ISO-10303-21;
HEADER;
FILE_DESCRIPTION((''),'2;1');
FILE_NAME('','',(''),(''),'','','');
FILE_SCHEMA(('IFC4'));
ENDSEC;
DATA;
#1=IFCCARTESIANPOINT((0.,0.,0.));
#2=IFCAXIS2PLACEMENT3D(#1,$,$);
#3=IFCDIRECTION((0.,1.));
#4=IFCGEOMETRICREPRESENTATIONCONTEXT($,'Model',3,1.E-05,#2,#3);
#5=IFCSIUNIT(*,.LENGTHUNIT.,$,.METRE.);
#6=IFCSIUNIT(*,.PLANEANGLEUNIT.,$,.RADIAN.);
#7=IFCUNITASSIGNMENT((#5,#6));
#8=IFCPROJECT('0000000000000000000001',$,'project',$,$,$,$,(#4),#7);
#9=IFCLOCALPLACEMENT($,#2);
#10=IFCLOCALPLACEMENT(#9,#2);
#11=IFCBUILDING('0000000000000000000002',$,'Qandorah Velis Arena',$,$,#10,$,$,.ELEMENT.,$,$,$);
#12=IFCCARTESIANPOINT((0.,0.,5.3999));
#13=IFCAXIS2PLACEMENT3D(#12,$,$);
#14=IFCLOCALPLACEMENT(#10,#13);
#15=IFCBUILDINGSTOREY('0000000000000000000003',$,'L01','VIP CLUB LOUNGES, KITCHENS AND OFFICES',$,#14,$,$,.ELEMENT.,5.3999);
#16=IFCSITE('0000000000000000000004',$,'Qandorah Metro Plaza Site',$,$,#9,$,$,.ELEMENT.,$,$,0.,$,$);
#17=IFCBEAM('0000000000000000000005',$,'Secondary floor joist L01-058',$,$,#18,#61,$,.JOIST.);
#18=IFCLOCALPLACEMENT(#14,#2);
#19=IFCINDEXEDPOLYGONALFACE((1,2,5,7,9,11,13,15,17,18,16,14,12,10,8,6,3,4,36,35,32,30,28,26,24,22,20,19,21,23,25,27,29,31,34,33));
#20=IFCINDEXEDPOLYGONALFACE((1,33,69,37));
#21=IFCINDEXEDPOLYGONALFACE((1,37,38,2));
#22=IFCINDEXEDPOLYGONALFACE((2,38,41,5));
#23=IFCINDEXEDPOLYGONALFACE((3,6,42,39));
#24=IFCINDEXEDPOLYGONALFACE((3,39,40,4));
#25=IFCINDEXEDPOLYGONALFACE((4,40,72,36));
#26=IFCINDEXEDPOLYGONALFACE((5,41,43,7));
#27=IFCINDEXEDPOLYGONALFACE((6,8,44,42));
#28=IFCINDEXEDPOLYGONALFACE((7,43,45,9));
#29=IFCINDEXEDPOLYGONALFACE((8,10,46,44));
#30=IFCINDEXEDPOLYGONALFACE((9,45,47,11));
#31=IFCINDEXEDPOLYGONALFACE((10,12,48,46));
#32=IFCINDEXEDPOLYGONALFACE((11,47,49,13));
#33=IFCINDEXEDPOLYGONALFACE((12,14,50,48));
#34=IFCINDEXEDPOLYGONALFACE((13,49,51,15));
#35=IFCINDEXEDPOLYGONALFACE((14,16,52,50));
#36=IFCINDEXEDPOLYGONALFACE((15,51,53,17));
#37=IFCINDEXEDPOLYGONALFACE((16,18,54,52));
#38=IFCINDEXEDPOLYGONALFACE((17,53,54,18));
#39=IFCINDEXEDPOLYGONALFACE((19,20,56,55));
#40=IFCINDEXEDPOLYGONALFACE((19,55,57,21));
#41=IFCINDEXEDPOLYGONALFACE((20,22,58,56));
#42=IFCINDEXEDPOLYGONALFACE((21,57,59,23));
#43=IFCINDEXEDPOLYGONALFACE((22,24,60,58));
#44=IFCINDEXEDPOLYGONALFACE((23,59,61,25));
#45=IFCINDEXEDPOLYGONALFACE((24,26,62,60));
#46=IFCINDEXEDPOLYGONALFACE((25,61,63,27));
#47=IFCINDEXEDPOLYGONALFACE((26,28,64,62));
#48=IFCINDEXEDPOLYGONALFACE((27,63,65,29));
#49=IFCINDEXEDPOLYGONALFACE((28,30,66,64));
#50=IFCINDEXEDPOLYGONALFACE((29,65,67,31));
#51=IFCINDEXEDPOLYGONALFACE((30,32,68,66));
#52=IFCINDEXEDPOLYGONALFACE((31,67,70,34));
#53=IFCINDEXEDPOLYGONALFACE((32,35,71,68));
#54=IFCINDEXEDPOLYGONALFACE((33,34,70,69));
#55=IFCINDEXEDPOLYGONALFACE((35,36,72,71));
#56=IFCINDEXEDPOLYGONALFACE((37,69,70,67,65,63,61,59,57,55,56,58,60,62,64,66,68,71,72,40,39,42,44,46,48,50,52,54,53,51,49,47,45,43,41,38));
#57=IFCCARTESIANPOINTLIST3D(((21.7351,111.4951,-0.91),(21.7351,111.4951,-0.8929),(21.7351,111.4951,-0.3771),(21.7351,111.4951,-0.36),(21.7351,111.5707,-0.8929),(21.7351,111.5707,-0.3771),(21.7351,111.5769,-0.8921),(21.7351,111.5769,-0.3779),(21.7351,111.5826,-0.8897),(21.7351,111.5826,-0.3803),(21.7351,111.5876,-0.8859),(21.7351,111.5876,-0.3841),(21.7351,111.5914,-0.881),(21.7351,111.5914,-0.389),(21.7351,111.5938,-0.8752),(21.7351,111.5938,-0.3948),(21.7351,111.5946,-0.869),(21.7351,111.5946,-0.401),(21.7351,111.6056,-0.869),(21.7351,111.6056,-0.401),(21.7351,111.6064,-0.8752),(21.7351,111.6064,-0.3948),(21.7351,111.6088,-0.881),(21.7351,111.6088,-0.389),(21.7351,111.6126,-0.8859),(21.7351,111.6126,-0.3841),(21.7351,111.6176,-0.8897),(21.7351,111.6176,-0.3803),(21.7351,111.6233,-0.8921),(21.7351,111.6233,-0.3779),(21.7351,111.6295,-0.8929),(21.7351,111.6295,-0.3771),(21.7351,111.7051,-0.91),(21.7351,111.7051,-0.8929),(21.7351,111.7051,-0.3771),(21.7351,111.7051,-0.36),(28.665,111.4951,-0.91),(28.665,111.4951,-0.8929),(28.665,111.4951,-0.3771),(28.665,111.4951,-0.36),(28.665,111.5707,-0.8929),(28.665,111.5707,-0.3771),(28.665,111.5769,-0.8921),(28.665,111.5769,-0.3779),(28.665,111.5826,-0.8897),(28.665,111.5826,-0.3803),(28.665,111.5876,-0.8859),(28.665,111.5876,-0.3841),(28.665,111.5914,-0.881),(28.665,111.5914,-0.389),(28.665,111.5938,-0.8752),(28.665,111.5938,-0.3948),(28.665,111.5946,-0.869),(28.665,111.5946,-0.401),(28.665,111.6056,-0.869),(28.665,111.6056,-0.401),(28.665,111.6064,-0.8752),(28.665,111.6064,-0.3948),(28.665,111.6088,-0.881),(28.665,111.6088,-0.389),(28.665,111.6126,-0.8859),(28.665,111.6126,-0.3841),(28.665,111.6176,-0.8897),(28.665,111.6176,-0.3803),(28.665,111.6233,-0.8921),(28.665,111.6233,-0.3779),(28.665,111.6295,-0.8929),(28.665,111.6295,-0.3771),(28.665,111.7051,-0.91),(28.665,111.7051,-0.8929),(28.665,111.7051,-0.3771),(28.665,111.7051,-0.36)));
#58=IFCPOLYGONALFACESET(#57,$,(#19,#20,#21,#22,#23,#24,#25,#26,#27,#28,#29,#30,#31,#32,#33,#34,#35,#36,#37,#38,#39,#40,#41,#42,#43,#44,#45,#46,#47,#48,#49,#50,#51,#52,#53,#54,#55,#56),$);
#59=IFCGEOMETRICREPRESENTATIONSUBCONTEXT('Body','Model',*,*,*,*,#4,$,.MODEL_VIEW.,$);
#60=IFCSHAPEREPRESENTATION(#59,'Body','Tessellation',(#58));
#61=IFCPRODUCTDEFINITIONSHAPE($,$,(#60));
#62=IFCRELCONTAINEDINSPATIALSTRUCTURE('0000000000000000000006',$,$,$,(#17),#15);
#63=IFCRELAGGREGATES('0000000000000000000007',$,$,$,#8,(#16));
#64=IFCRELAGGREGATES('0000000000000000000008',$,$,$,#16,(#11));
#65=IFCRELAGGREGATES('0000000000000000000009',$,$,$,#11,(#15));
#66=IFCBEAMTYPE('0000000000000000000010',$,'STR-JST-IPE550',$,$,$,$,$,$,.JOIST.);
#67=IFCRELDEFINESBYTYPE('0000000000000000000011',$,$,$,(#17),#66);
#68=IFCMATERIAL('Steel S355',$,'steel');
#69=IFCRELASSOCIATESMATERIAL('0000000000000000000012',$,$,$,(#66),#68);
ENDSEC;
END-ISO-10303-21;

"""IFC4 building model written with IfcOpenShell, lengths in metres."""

from ifc_helpers import new_model, si_unit, direction, frame, origin, origin_2d, place, context, subcontext, project, spatial, i_section, extrude, material, material_profile, profile_set, type_object, element, save


model = new_model("IFC4")

# Units and contexts
model_context = context("Model", 3, precision=1e-05, world=origin(), true_north=direction((0.0, 1.0)))
body_context = subcontext(model_context, "Body", "Model", "MODEL_VIEW")
ifc_project = project(units=[si_unit("LENGTHUNIT", "METRE"), si_unit("PLANEANGLEUNIT", "RADIAN")], contexts=[model_context])

# Site, building, storey
site_placement = place(None, origin())
site = spatial("IfcSite", under=ifc_project, at=site_placement, Name="Qandorah Metro Plaza Site", CompositionType="ELEMENT", RefElevation=0.0)
building_placement = place(site_placement, origin())
building = spatial("IfcBuilding", under=site, at=building_placement, Name="Qandorah Velis Arena", CompositionType="ELEMENT")
storey_placement = place(building_placement, frame((0.0, 0.0, 5.3999)))
storey = spatial("IfcBuildingStorey", under=building, at=storey_placement, Name="L01", Description="VIP CLUB LOUNGES, KITCHENS AND OFFICES", CompositionType="ELEMENT", Elevation=5.3999)

# Beam
ifc_material_1 = material(Name="Steel S355", Category="steel")
ifc_material_profile_1 = material_profile(ifc_material_1, i_section(OverallWidth=0.21, OverallDepth=0.55, WebThickness=0.011, FlangeThickness=0.0171, FilletRadius=0.0239, at=origin_2d()), Name="IPE 550")
ifc_profile_set_1 = profile_set([ifc_material_profile_1], Name="Steel S355")
beam_type_1 = type_object("IfcBeamType", Name="STR-JST-IPE550", PredefinedType="JOIST", material=ifc_profile_set_1)
for number, where, z_axis, x_axis, name in (
    (1, (21.7351, 111.6001, -0.635), (1.0, 0.0, 0.0), (0.0, 1.0, 0.0), "Secondary floor joist L01-058"),
):
    element("IfcBeam", number, at=place(storey_placement, frame(where, z_axis=z_axis, x_axis=x_axis)), inside=storey, type_object=beam_type_1, Name=name, PredefinedType="JOIST", context=body_context, shape_type="SweptSolid", body=[
        extrude(i_section(OverallWidth=0.21, OverallDepth=0.55, WebThickness=0.011, FlangeThickness=0.0171, FilletRadius=0.0239, at=origin_2d()), origin(), (0.0, 0.0, 1.0), 6.9299),
    ])

save(model, "model.ifc")
